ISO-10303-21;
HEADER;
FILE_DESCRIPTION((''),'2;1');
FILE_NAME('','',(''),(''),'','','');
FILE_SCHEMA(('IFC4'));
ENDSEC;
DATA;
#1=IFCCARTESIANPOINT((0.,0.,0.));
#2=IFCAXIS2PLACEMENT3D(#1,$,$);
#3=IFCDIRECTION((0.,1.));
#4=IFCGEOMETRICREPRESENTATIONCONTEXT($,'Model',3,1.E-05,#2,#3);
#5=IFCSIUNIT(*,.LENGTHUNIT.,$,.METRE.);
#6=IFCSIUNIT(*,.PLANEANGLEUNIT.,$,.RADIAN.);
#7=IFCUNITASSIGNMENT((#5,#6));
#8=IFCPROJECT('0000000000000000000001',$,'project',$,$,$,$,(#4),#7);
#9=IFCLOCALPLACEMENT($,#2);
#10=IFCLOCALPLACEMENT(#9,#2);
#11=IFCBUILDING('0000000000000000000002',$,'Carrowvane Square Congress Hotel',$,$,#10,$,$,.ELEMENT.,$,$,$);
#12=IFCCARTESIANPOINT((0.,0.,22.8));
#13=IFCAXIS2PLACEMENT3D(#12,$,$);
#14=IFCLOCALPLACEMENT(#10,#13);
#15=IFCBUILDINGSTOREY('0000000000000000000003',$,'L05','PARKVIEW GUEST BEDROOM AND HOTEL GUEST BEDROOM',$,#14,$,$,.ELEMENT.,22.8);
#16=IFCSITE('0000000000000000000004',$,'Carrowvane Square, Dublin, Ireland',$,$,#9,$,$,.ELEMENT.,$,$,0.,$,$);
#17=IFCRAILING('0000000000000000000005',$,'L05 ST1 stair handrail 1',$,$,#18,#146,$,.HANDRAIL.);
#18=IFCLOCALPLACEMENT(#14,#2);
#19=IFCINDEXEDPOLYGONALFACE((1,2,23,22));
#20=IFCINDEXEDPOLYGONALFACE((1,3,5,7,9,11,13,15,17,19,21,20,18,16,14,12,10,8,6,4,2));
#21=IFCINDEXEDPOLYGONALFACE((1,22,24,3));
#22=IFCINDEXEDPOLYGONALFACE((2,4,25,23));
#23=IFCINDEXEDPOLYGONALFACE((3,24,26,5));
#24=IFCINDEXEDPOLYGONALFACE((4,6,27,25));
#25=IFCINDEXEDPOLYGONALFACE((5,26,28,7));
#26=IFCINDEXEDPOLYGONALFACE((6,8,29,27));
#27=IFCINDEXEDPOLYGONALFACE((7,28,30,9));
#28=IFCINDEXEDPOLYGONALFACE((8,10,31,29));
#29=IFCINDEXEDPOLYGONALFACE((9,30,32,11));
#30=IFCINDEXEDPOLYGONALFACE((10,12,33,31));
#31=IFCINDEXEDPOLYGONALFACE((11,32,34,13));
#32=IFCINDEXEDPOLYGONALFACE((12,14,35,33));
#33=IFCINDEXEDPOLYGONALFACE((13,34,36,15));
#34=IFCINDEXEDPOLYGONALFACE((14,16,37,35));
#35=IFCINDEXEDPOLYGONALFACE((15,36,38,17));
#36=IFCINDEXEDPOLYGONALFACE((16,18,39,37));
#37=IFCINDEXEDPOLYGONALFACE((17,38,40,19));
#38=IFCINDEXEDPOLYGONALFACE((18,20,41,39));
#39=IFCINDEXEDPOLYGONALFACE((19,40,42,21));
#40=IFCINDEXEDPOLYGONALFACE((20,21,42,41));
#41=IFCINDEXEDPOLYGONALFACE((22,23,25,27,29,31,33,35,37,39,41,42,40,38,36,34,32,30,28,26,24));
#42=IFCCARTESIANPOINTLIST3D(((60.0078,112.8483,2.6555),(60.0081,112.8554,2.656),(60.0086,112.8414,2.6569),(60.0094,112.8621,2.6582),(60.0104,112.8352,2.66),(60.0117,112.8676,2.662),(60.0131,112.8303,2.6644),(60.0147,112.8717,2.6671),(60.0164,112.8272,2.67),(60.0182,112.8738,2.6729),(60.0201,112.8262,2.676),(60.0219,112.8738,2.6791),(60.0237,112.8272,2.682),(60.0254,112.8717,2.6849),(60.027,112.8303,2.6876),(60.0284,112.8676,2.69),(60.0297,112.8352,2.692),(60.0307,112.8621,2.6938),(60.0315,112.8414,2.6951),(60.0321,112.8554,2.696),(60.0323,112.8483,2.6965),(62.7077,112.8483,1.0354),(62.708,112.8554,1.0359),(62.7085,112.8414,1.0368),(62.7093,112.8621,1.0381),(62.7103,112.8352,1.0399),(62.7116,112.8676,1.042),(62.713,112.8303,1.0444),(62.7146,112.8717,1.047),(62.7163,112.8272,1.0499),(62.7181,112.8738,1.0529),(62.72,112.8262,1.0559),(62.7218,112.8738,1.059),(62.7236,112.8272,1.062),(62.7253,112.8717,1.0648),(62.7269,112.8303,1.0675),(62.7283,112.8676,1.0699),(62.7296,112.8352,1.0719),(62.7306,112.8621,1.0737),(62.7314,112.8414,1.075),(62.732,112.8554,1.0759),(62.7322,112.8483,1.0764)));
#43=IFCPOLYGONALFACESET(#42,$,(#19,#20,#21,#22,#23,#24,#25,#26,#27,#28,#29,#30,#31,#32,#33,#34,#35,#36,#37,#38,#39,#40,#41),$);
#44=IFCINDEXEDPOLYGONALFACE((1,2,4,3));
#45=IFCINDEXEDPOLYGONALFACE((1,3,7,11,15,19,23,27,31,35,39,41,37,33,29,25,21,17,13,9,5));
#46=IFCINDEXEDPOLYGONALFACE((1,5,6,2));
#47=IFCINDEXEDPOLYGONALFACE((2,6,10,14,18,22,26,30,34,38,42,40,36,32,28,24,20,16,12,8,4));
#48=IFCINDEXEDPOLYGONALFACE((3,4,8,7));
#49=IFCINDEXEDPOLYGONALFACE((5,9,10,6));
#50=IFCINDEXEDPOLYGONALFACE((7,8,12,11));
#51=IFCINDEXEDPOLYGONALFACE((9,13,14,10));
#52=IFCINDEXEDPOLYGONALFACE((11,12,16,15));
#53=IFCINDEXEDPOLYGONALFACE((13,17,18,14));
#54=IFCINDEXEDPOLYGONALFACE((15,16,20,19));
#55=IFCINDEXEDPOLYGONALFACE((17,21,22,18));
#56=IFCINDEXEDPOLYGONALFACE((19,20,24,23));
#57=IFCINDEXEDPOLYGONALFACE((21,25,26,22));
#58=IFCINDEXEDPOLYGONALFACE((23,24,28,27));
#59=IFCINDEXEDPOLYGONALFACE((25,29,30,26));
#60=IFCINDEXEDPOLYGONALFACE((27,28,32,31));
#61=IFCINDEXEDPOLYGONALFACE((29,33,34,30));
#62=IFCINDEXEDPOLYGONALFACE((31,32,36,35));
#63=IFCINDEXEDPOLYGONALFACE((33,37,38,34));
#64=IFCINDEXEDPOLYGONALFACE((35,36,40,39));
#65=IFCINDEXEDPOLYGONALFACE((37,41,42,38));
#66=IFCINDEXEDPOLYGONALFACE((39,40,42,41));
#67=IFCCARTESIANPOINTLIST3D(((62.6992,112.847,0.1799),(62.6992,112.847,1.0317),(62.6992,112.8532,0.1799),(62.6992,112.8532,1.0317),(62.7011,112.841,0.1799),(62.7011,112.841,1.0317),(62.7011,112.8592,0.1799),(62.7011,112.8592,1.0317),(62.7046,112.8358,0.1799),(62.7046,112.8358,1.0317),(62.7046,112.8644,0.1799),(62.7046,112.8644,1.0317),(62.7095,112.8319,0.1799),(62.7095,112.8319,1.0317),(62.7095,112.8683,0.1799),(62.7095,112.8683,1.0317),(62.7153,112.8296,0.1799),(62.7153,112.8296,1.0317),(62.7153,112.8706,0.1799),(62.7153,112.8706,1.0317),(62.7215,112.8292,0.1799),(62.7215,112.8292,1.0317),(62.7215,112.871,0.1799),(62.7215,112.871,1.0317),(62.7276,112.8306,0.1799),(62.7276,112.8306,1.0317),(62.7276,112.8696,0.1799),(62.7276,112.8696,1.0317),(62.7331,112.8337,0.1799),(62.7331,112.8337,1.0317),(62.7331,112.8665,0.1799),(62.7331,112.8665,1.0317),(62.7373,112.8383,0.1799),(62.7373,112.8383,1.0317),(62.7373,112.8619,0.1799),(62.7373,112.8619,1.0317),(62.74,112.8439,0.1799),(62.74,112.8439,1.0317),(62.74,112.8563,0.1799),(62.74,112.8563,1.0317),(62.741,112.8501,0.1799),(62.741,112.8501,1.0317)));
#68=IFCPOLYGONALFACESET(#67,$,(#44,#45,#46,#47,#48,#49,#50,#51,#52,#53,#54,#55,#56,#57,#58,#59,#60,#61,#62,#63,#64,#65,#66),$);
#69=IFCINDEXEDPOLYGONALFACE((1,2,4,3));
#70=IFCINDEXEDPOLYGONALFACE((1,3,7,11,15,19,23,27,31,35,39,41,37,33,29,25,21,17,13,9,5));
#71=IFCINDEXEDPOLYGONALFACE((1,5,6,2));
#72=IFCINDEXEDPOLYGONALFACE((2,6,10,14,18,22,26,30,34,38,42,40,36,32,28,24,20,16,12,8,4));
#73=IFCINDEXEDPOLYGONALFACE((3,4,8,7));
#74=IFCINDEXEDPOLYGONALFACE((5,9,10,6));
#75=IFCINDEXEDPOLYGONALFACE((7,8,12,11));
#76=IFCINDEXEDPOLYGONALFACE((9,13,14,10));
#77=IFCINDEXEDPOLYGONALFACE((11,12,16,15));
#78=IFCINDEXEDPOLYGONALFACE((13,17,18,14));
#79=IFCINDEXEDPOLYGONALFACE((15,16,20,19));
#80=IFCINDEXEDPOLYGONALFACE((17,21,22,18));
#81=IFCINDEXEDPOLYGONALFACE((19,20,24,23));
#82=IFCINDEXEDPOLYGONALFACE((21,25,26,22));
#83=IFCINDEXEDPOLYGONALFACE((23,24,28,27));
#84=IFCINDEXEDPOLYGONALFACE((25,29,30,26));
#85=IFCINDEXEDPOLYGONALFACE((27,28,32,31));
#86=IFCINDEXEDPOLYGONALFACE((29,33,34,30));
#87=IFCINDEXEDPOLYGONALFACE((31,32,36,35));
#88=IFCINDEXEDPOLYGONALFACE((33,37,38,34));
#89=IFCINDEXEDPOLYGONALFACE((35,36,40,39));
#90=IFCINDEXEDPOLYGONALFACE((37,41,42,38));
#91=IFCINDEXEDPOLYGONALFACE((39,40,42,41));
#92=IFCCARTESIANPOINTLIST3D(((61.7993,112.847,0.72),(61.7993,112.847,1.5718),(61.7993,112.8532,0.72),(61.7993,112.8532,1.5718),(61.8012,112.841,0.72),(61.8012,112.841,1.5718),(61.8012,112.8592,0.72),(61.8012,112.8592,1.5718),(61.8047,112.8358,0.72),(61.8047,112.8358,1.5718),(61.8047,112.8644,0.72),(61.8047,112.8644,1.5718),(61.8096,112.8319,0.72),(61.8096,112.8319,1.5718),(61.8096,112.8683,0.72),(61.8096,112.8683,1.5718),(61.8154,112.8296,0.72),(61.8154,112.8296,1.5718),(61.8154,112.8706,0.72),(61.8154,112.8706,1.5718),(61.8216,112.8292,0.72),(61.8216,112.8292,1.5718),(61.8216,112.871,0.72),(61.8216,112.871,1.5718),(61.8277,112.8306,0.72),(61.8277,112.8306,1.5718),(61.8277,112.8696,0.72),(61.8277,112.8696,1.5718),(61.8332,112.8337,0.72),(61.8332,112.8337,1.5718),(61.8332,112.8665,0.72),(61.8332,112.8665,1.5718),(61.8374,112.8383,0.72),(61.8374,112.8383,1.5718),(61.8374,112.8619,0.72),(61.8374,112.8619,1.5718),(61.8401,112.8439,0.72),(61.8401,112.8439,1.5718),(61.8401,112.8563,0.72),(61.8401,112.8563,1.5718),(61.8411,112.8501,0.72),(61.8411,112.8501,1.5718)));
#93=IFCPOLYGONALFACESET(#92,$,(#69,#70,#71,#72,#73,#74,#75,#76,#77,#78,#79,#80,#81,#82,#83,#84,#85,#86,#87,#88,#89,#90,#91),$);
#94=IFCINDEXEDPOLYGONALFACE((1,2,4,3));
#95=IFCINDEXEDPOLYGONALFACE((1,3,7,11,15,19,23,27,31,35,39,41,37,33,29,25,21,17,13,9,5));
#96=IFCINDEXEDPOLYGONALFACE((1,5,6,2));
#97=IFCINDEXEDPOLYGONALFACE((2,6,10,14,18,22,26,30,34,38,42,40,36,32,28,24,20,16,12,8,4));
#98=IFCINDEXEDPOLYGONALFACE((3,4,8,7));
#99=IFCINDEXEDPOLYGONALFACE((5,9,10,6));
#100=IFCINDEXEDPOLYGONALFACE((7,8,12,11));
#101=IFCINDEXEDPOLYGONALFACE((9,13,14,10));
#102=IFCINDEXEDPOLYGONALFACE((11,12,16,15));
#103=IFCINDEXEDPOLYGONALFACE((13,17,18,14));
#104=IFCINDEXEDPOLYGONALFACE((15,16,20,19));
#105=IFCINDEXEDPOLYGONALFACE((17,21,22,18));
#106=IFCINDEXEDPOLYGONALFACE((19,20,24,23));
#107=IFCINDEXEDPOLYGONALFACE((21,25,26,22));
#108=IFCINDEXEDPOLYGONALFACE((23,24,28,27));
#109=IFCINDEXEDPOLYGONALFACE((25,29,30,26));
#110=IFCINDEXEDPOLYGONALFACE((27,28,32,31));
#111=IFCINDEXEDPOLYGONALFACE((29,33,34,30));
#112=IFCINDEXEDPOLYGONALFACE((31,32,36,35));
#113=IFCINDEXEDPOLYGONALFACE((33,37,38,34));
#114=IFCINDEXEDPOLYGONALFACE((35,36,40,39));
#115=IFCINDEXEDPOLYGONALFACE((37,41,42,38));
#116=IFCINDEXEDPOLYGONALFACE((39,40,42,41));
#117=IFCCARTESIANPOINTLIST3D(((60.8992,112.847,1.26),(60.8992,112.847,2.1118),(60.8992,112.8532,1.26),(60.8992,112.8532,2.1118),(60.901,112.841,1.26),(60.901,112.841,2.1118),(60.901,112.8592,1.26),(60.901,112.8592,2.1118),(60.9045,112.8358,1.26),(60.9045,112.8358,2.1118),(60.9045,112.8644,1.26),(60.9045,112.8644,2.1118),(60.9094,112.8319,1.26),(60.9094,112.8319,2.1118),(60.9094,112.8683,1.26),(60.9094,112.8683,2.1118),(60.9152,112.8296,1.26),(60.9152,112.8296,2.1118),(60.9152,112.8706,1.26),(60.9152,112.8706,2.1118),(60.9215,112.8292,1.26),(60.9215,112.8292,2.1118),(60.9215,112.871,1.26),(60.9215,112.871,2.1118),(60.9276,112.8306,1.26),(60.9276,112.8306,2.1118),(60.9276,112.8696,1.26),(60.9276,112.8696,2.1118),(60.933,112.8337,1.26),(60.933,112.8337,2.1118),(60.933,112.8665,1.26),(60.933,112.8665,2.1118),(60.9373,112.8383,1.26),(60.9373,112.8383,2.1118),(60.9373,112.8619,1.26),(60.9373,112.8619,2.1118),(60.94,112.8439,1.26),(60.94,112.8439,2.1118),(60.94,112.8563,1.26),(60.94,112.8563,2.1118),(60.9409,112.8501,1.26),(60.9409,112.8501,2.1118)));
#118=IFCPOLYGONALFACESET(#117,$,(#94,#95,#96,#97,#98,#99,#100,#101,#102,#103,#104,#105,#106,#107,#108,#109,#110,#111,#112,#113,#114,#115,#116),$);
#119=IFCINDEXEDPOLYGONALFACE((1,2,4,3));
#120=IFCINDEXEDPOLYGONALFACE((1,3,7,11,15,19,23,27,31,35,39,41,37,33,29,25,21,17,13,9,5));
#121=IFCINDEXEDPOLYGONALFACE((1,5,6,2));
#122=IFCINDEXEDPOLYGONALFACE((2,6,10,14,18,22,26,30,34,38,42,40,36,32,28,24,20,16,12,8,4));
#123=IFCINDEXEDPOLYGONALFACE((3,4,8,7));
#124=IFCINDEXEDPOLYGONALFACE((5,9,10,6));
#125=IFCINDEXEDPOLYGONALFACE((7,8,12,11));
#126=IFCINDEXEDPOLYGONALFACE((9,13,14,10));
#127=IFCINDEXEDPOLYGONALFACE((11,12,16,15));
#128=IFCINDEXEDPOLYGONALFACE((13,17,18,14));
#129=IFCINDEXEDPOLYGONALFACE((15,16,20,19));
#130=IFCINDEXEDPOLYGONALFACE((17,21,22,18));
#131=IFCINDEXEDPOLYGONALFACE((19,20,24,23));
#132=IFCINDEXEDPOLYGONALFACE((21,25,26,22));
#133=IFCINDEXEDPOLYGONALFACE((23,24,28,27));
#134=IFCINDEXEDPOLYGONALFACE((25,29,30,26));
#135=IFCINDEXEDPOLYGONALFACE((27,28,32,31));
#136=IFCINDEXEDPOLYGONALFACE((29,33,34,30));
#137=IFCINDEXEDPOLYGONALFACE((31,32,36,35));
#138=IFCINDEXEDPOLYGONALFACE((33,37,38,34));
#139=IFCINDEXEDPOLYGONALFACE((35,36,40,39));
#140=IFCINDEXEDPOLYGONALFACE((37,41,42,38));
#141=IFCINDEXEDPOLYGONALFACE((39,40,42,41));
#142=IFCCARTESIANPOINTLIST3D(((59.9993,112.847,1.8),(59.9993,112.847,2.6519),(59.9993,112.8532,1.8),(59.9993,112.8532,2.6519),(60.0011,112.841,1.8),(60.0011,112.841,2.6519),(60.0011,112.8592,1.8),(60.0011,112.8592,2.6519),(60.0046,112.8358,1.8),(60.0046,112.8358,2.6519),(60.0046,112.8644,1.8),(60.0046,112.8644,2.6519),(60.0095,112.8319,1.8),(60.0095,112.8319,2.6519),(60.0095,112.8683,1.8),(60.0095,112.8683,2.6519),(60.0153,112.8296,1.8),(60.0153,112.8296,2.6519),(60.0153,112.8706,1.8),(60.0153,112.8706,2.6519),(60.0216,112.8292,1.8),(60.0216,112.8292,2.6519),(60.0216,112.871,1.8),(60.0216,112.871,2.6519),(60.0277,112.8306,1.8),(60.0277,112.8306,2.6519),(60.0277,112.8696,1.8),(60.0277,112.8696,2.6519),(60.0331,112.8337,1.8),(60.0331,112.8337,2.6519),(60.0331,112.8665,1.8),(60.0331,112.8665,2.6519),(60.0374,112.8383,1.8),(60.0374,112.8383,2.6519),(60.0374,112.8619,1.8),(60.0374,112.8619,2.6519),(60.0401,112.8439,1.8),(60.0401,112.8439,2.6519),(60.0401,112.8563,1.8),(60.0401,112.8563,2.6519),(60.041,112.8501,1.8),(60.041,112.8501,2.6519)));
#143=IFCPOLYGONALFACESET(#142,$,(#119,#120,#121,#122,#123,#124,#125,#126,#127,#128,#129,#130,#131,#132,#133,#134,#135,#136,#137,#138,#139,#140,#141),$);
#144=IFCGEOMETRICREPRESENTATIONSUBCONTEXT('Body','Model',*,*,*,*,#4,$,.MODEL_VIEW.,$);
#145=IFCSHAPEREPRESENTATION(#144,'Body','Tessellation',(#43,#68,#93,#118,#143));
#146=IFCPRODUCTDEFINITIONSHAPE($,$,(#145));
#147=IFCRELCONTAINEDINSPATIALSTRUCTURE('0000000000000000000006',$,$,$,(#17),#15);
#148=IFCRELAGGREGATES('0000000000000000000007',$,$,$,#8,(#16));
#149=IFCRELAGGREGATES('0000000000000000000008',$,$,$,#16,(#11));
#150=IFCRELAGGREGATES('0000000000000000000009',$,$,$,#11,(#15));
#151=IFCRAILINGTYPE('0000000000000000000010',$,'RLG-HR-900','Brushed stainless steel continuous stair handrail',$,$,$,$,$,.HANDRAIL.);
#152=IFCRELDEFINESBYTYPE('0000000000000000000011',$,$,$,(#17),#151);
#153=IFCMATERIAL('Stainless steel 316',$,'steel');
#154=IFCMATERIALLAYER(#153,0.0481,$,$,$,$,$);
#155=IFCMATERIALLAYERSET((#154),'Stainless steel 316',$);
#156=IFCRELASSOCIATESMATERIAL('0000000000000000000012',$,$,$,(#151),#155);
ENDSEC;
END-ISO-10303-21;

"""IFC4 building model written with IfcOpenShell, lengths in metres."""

from ifc_helpers import new_model, si_unit, direction, frame, origin, origin_2d, place, context, subcontext, project, spatial, circle, extrude, material, layer, layer_set, type_object, element, save


model = new_model("IFC4")

# Units and contexts
model_context = context("Model", 3, precision=1e-05, world=origin(), true_north=direction((0.0, 1.0)))
body_context = subcontext(model_context, "Body", "Model", "MODEL_VIEW")
ifc_project = project(units=[si_unit("LENGTHUNIT", "METRE"), si_unit("PLANEANGLEUNIT", "RADIAN")], contexts=[model_context])

# Site, building, storey
site_placement = place(None, origin())
site = spatial("IfcSite", under=ifc_project, at=site_placement, Name="Carrowvane Square, Dublin, Ireland", CompositionType="ELEMENT", RefElevation=0.0)
building_placement = place(site_placement, origin())
building = spatial("IfcBuilding", under=site, at=building_placement, Name="Carrowvane Square Congress Hotel", CompositionType="ELEMENT")
storey_placement = place(building_placement, frame((0.0, 0.0, 22.8)))
storey = spatial("IfcBuildingStorey", under=building, at=storey_placement, Name="L05", Description="PARKVIEW GUEST BEDROOM AND HOTEL GUEST BEDROOM", CompositionType="ELEMENT", Elevation=22.8)

# Railing
ifc_material_1 = material(Name="Stainless steel 316", Category="steel")
ifc_layer_1 = layer(ifc_material_1, 0.0481)
ifc_layer_set_1 = layer_set([ifc_layer_1], Name="Stainless steel 316")
railing_type_1 = type_object("IfcRailingType", Name="RLG-HR-900", Description="Brushed stainless steel continuous stair handrail", PredefinedType="HANDRAIL", material=ifc_layer_set_1)
railing_1_placement = place(storey_placement, frame((62.72, 112.8501, 0.1799)))
element("IfcRailing", 1, at=railing_1_placement, inside=storey, type_object=railing_type_1, Name="L05 ST1 stair handrail 1", PredefinedType="HANDRAIL", context=body_context, shape_type="SweptSolid", body=[
    extrude(circle(Radius=0.0239, at=origin_2d()), frame((0.0, 0.0, 0.876), z_axis=(-0.857472, 0.0, 0.51453), x_axis=(0.0, -1.0, 0.0)), (0.0, 0.0, 1.0), 3.1487),
    extrude(circle(Radius=0.021, at=origin_2d()), origin(), (0.0, 0.0, 1.0), 0.8518),
    extrude(circle(Radius=0.021, at=origin_2d()), frame((-0.8999, 0.0, 0.54)), (0.0, 0.0, 1.0), 0.8518),
    extrude(circle(Radius=0.021, at=origin_2d()), frame((-1.8, 0.0, 1.0801)), (0.0, 0.0, 1.0), 0.8518),
    extrude(circle(Radius=0.021, at=origin_2d()), frame((-2.7, 0.0, 1.6201)), (0.0, 0.0, 1.0), 0.8518),
])

save(model, "model.ifc")
